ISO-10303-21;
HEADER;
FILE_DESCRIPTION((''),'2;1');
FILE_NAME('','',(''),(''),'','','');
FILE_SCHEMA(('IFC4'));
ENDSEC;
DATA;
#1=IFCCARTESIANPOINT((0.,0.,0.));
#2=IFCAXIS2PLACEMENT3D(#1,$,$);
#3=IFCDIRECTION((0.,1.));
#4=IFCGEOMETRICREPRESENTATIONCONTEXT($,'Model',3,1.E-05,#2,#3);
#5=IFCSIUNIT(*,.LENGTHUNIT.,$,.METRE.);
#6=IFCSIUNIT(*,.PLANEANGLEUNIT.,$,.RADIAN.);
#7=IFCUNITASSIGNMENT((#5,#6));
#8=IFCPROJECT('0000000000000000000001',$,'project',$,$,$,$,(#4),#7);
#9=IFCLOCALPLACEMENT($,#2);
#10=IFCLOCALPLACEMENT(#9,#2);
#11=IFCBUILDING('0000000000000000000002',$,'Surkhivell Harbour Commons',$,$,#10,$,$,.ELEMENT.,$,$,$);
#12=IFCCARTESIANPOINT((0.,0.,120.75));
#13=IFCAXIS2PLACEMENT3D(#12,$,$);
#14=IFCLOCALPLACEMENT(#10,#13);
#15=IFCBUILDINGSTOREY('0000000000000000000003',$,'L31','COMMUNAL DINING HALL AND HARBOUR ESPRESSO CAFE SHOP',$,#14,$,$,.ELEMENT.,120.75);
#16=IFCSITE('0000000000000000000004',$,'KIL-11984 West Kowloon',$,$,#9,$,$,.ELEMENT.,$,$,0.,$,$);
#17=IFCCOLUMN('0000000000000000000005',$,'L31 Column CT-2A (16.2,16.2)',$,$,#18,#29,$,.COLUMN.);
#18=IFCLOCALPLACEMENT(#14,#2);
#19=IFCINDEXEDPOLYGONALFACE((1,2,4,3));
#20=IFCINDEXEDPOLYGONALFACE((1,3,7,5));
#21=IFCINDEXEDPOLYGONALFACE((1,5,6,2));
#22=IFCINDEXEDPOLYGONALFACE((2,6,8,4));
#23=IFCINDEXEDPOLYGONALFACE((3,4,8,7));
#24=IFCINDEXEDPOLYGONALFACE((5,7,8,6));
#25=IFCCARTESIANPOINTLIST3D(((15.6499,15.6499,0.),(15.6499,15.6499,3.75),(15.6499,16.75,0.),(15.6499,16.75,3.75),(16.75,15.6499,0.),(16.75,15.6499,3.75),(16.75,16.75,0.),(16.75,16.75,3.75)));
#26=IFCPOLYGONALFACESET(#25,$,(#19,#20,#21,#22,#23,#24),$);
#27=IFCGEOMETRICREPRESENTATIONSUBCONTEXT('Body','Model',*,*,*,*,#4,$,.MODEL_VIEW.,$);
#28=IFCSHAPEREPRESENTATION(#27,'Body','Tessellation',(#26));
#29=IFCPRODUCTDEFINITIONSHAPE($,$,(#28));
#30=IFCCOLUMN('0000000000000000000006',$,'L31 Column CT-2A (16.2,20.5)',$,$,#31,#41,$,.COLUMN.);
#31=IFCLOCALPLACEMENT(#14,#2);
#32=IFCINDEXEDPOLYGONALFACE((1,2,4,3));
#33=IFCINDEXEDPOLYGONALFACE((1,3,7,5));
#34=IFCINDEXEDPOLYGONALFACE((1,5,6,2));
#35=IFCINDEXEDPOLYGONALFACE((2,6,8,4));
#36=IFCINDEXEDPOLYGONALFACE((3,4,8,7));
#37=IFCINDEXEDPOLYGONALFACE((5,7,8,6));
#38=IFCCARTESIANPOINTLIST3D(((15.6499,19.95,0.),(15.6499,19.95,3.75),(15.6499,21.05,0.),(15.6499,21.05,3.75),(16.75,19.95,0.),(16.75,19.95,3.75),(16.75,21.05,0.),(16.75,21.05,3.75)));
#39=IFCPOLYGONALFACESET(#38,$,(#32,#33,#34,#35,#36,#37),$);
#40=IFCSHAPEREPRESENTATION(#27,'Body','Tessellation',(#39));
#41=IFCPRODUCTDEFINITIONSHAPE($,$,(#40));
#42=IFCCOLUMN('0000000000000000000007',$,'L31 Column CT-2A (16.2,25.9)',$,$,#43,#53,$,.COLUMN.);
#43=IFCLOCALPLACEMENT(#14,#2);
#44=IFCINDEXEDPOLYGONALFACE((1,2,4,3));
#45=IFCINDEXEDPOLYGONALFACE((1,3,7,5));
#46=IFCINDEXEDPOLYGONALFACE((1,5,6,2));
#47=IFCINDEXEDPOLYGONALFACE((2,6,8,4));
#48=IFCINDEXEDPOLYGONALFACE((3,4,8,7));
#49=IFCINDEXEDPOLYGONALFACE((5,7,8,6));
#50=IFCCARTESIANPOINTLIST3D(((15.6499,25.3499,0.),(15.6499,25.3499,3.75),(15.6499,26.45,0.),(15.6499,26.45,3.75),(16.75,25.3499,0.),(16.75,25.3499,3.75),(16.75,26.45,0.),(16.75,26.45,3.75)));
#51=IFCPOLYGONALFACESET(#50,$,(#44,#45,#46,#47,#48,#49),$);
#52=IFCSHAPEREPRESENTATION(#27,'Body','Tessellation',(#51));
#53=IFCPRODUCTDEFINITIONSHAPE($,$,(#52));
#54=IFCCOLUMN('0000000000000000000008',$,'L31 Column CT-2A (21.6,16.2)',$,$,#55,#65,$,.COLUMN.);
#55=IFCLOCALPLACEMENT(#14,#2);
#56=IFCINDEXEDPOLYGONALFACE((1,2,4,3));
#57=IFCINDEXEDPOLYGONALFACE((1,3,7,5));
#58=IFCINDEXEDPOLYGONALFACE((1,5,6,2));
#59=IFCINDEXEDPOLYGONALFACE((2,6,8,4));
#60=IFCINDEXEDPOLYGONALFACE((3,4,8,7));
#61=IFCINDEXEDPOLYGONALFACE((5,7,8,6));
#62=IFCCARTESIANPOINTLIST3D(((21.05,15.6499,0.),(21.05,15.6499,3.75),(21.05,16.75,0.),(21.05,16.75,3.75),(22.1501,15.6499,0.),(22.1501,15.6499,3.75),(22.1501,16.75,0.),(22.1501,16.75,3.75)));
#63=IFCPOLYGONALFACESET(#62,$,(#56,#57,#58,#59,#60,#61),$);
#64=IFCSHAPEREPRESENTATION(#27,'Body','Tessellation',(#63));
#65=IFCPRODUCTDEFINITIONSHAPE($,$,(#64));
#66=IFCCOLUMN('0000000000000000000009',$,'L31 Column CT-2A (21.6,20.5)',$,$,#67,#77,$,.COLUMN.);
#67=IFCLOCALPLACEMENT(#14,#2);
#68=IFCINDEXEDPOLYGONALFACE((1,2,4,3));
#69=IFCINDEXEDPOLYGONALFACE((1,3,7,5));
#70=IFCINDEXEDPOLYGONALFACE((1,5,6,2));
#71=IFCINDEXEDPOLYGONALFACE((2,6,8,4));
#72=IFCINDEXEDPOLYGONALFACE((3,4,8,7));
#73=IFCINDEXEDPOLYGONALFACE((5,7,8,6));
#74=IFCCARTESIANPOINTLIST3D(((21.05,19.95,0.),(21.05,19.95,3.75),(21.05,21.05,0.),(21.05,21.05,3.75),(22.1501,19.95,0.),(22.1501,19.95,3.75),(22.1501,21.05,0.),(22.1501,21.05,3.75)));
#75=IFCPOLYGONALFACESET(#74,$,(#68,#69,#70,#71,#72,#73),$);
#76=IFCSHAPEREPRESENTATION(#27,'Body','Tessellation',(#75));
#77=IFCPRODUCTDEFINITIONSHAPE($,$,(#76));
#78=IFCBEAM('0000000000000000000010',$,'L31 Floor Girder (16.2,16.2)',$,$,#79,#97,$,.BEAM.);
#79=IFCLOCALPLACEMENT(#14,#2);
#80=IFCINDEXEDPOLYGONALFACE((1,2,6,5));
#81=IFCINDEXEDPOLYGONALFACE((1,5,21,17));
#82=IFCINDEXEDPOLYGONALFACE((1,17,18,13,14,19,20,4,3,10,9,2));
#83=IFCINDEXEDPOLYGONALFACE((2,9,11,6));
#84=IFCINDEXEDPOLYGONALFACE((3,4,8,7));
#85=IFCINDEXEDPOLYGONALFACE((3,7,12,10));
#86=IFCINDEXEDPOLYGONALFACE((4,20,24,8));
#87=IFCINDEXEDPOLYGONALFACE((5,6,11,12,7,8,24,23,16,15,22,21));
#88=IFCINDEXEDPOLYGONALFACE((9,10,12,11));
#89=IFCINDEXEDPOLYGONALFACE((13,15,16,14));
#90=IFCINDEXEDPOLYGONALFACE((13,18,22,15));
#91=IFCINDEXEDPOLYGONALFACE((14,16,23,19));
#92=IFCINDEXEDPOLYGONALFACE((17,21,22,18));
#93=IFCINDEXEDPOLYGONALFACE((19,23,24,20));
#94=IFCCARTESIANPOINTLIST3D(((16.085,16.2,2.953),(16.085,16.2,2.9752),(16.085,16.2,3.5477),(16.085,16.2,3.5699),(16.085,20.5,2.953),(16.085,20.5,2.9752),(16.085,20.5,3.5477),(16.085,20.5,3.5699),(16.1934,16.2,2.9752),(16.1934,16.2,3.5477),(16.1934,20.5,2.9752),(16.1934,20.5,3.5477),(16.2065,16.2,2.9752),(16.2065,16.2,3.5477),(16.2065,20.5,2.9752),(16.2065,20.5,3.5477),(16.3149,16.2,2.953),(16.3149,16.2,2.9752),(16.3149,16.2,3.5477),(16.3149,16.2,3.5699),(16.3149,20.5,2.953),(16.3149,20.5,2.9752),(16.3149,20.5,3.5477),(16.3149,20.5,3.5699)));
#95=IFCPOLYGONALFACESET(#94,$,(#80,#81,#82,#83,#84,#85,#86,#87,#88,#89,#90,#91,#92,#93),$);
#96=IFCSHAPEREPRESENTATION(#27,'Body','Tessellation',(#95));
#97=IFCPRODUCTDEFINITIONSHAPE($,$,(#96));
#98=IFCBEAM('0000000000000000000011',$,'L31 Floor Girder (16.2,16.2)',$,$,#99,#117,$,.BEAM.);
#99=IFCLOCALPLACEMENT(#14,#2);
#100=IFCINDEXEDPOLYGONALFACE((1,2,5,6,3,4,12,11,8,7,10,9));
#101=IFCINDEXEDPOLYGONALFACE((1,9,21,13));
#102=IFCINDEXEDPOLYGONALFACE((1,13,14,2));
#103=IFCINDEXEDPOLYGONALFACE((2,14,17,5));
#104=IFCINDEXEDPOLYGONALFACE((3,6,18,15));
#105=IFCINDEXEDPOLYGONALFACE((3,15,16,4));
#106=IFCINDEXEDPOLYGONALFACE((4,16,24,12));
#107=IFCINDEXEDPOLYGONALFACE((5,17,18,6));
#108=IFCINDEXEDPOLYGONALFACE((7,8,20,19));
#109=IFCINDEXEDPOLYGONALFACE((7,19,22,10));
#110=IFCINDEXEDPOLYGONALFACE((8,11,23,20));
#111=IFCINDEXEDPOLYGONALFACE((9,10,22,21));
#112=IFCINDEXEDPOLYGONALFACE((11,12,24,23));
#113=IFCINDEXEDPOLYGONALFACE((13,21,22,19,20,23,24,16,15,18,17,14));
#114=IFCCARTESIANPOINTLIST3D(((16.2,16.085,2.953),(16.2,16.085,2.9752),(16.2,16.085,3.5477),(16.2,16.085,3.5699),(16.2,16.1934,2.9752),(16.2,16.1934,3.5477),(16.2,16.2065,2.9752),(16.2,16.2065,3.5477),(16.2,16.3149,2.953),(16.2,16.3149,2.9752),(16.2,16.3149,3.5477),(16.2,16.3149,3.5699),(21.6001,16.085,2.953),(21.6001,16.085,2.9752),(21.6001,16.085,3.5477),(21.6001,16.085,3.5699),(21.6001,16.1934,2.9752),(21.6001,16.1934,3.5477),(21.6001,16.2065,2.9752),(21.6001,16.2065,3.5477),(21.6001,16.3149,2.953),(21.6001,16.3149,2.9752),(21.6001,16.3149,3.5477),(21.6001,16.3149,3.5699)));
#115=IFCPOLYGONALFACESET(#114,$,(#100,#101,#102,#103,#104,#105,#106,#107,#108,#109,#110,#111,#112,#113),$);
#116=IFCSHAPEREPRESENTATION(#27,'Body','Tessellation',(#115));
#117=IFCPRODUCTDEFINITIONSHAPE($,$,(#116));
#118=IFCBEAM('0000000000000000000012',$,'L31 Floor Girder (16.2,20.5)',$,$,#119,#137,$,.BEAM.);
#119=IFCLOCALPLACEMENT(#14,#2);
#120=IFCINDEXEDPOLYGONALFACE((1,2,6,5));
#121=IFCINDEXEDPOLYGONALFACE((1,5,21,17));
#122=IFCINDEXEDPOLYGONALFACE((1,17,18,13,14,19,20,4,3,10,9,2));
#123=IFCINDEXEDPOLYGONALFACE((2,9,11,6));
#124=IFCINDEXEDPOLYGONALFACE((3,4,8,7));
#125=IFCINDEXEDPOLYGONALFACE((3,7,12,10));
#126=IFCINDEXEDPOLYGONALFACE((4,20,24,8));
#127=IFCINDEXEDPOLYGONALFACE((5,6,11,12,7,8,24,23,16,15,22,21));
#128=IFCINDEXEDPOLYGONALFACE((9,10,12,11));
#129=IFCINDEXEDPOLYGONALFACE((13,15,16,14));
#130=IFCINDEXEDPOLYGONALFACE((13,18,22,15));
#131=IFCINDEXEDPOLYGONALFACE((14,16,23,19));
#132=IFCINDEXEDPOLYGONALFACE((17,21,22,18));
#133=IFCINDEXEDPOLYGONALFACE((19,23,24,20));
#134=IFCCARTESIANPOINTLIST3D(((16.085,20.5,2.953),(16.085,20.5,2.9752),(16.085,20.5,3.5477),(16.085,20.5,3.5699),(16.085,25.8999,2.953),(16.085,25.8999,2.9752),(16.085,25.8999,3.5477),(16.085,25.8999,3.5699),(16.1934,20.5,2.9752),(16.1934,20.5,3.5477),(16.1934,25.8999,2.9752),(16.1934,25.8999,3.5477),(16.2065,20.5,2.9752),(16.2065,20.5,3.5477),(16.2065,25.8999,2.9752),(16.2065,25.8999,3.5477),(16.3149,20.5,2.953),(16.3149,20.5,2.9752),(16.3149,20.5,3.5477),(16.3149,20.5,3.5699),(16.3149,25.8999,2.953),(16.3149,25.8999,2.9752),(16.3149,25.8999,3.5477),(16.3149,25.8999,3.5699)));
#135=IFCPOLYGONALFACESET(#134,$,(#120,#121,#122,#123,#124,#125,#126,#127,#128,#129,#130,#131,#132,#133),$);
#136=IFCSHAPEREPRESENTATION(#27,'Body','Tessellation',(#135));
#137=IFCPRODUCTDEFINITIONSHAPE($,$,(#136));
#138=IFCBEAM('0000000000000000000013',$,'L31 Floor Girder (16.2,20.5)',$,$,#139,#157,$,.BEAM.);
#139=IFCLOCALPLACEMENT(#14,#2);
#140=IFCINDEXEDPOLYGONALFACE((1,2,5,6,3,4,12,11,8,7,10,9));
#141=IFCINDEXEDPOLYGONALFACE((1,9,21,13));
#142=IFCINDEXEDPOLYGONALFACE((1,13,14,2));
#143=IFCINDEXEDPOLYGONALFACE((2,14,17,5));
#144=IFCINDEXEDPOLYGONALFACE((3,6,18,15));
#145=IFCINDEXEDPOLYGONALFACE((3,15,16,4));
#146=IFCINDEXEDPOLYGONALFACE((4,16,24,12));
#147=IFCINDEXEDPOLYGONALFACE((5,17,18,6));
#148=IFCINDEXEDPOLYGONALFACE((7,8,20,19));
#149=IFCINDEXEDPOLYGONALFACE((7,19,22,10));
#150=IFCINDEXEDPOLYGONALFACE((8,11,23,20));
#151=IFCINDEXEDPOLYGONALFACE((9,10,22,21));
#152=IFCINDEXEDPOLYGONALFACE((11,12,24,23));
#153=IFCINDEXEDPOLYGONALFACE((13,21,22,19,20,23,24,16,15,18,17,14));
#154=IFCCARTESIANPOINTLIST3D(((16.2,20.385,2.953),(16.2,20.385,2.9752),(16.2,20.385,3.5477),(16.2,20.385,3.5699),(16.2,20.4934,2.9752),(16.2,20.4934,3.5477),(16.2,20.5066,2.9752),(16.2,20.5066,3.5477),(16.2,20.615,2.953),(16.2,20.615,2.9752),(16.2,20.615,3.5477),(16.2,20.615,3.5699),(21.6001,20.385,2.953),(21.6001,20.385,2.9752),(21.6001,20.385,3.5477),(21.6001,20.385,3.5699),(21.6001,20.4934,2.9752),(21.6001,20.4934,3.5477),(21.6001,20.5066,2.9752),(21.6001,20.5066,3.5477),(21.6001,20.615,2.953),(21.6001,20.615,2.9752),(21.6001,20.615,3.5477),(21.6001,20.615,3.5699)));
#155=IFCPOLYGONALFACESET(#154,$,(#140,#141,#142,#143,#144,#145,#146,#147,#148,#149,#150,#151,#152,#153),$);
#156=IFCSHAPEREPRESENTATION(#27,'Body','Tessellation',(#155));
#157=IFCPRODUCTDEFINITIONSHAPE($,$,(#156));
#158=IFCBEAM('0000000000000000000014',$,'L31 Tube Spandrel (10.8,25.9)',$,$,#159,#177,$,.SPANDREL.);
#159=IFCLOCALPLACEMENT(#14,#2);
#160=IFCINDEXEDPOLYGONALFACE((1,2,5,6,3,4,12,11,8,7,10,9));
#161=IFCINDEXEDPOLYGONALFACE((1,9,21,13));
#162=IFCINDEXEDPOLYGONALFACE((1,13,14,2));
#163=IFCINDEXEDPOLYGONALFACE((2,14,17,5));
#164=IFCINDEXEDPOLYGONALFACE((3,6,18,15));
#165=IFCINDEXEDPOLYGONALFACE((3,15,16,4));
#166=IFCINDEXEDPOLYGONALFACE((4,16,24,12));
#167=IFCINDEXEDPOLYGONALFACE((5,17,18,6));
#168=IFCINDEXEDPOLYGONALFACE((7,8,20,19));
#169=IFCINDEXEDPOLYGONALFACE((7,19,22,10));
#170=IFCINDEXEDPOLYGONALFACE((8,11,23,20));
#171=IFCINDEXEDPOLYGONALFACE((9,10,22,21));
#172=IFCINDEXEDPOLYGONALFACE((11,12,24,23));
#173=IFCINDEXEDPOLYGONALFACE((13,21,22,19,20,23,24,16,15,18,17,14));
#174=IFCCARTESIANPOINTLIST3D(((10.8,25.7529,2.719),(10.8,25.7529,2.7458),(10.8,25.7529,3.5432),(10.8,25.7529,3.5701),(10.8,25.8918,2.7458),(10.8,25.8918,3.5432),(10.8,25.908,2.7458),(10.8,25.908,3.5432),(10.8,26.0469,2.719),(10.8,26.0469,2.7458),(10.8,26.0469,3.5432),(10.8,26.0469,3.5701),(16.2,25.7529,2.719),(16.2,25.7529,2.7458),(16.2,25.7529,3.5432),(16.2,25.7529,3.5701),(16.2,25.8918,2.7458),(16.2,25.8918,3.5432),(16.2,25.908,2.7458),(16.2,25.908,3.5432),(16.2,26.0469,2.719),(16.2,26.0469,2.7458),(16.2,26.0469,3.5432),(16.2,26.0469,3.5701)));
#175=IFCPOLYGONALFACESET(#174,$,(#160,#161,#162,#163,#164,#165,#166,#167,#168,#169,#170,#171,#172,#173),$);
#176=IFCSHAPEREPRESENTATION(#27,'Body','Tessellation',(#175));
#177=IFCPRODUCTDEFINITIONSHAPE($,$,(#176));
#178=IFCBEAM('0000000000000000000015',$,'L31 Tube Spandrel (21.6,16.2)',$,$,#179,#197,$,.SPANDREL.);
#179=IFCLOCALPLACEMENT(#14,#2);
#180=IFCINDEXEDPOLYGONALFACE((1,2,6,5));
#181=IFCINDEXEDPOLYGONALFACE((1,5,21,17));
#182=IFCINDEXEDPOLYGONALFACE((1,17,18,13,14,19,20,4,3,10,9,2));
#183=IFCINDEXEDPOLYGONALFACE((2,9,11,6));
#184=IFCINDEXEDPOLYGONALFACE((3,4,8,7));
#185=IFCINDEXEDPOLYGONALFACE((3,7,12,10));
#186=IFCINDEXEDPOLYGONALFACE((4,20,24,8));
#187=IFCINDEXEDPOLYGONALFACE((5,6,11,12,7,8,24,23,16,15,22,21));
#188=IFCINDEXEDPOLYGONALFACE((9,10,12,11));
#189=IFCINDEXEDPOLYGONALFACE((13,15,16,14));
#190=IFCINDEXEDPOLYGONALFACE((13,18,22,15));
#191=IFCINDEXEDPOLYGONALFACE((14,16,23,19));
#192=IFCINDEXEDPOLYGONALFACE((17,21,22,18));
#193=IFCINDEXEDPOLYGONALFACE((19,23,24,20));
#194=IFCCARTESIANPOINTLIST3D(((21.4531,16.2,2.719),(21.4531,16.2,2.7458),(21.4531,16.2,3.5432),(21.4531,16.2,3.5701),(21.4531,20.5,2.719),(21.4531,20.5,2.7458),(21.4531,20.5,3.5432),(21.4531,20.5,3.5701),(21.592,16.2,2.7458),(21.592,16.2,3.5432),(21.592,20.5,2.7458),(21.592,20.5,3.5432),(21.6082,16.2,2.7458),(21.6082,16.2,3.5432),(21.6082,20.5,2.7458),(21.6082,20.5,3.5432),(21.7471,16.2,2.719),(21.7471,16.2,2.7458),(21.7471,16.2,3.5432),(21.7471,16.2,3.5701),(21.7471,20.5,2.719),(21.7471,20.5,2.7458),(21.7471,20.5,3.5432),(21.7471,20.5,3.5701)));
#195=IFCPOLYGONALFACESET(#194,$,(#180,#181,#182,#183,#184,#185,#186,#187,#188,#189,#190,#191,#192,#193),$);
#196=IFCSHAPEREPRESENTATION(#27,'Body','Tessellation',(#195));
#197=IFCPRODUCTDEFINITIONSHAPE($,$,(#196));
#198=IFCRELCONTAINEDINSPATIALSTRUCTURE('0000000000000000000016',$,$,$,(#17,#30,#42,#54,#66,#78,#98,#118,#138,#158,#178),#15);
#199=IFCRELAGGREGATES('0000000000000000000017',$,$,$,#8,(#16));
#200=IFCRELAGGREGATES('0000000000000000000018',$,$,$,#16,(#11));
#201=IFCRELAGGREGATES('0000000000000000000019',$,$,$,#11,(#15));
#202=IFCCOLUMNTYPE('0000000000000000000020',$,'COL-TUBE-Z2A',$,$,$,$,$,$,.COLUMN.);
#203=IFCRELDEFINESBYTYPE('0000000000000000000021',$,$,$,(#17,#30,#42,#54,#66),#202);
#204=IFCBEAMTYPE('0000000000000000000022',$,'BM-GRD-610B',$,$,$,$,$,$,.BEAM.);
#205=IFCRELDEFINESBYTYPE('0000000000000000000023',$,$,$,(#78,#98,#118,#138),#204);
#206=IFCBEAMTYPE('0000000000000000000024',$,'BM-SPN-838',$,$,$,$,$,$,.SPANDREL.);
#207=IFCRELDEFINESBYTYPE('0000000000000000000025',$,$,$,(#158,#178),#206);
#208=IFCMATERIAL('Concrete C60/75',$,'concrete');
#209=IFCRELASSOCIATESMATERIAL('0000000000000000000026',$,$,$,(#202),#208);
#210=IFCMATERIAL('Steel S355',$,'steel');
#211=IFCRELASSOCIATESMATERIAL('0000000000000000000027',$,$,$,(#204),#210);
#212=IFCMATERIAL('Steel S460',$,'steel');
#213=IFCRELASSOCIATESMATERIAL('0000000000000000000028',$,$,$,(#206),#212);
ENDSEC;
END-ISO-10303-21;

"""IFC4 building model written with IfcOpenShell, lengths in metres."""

from ifc_helpers import new_model, si_unit, direction, frame, origin, origin_2d, place, context, subcontext, project, spatial, rectangle, i_section, extrude, material, material_profile, profile_set, type_object, element, save


model = new_model("IFC4")

# Units and contexts
model_context = context("Model", 3, precision=1e-05, world=origin(), true_north=direction((0.0, 1.0)))
body_context = subcontext(model_context, "Body", "Model", "MODEL_VIEW")
ifc_project = project(units=[si_unit("LENGTHUNIT", "METRE"), si_unit("PLANEANGLEUNIT", "RADIAN")], contexts=[model_context])

# Site, building, storey
site_placement = place(None, origin())
site = spatial("IfcSite", under=ifc_project, at=site_placement, Name="KIL-11984 West Kowloon", CompositionType="ELEMENT", RefElevation=0.0)
building_placement = place(site_placement, origin())
building = spatial("IfcBuilding", under=site, at=building_placement, Name="Surkhivell Harbour Commons", CompositionType="ELEMENT")
storey_placement = place(building_placement, frame((0.0, 0.0, 120.75)))
storey = spatial("IfcBuildingStorey", under=building, at=storey_placement, Name="L31", Description="COMMUNAL DINING HALL AND HARBOUR ESPRESSO CAFE SHOP", CompositionType="ELEMENT", Elevation=120.75)

# Columns
ifc_material_1 = material(Name="Concrete C60/75", Category="concrete")
ifc_material_profile_1 = material_profile(ifc_material_1, rectangle(XDim=1.1001, YDim=1.1001, at=origin_2d()), Name="RC-COL-1100x1100")
ifc_profile_set_1 = profile_set([ifc_material_profile_1], Name="Concrete C60/75")
column_type = type_object("IfcColumnType", Name="COL-TUBE-Z2A", PredefinedType="COLUMN", material=ifc_profile_set_1)
for number, where, z_axis, x_axis, name in (
    (1, (16.2, 16.2, 0.0), (0.0, 0.0, 1.0), (1.0, 0.0, 0.0), "L31 Column CT-2A (16.2,16.2)"),
    (2, (16.2, 20.5, 0.0), (0.0, 0.0, 1.0), (1.0, 0.0, 0.0), "L31 Column CT-2A (16.2,20.5)"),
    (3, (16.2, 25.8999, 0.0), (0.0, 0.0, 1.0), (1.0, 0.0, 0.0), "L31 Column CT-2A (16.2,25.9)"),
    (4, (21.6001, 16.2, 0.0), (0.0, 0.0, 1.0), (1.0, 0.0, 0.0), "L31 Column CT-2A (21.6,16.2)"),
    (5, (21.6001, 20.5, 0.0), (0.0, 0.0, 1.0), (1.0, 0.0, 0.0), "L31 Column CT-2A (21.6,20.5)"),
):
    element("IfcColumn", number, at=place(storey_placement, frame(where, z_axis=z_axis, x_axis=x_axis)), inside=storey, type_object=column_type, Name=name, PredefinedType="COLUMN", context=body_context, shape_type="SweptSolid", body=[
        extrude(rectangle(XDim=1.1001, YDim=1.1001, at=origin_2d()), origin(), (0.0, 0.0, 1.0), 3.75),
    ])

# Beams
ifc_material_2 = material(Name="Steel S355", Category="steel")
ifc_material_profile_2 = material_profile(ifc_material_2, i_section(OverallWidth=0.23, OverallDepth=0.6169, WebThickness=0.0132, FlangeThickness=0.0222, at=origin_2d()), Name="UB610x229x140")
ifc_profile_set_2 = profile_set([ifc_material_profile_2], Name="Steel S355")
beam_type_1 = type_object("IfcBeamType", Name="BM-GRD-610B", PredefinedType="BEAM", material=ifc_profile_set_2)
beam_1_placement = place(storey_placement, frame((16.2, 16.2, 3.2615), z_axis=(0.0, 1.0, 0.0), x_axis=(-1.0, 0.0, 0.0)))
element("IfcBeam", 6, at=beam_1_placement, inside=storey, type_object=beam_type_1, Name="L31 Floor Girder (16.2,16.2)", PredefinedType="BEAM", context=body_context, shape_type="SweptSolid", body=[
    extrude(i_section(OverallWidth=0.23, OverallDepth=0.6169, WebThickness=0.0132, FlangeThickness=0.0222, at=origin_2d()), origin(), (0.0, 0.0, 1.0), 4.3),
])
beam_2_placement = place(storey_placement, frame((16.2, 16.2, 3.2615), z_axis=(1.0, 0.0, 0.0), x_axis=(0.0, 1.0, 0.0)))
element("IfcBeam", 7, at=beam_2_placement, inside=storey, type_object=beam_type_1, Name="L31 Floor Girder (16.2,16.2)", PredefinedType="BEAM", context=body_context, shape_type="SweptSolid", body=[
    extrude(i_section(OverallWidth=0.23, OverallDepth=0.6169, WebThickness=0.0132, FlangeThickness=0.0222, at=origin_2d()), origin(), (0.0, 0.0, 1.0), 5.4001),
])
beam_3_placement = place(storey_placement, frame((16.2, 20.5, 3.2615), z_axis=(0.0, 1.0, 0.0), x_axis=(-1.0, 0.0, 0.0)))
element("IfcBeam", 8, at=beam_3_placement, inside=storey, type_object=beam_type_1, Name="L31 Floor Girder (16.2,20.5)", PredefinedType="BEAM", context=body_context, shape_type="SweptSolid", body=[
    extrude(i_section(OverallWidth=0.23, OverallDepth=0.6169, WebThickness=0.0132, FlangeThickness=0.0222, at=origin_2d()), origin(), (0.0, 0.0, 1.0), 5.3999),
])
beam_4_placement = place(storey_placement, frame((16.2, 20.5, 3.2615), z_axis=(1.0, 0.0, 0.0), x_axis=(0.0, 1.0, 0.0)))
element("IfcBeam", 9, at=beam_4_placement, inside=storey, type_object=beam_type_1, Name="L31 Floor Girder (16.2,20.5)", PredefinedType="BEAM", context=body_context, shape_type="SweptSolid", body=[
    extrude(i_section(OverallWidth=0.23, OverallDepth=0.6169, WebThickness=0.0132, FlangeThickness=0.0222, at=origin_2d()), origin(), (0.0, 0.0, 1.0), 5.4001),
])
ifc_material_3 = material(Name="Steel S460", Category="steel")
ifc_material_profile_3 = material_profile(ifc_material_3, i_section(OverallWidth=0.2939, OverallDepth=0.8511, WebThickness=0.0161, FlangeThickness=0.0269, at=origin_2d()), Name="UB838x292x226")
ifc_profile_set_3 = profile_set([ifc_material_profile_3], Name="Steel S460")
beam_type_2 = type_object("IfcBeamType", Name="BM-SPN-838", PredefinedType="SPANDREL", material=ifc_profile_set_3)
beam_5_placement = place(storey_placement, frame((10.8, 25.8999, 3.1445), z_axis=(1.0, 0.0, 0.0), x_axis=(0.0, 1.0, 0.0)))
element("IfcBeam", 10, at=beam_5_placement, inside=storey, type_object=beam_type_2, Name="L31 Tube Spandrel (10.8,25.9)", PredefinedType="SPANDREL", context=body_context, shape_type="SweptSolid", body=[
    extrude(i_section(OverallWidth=0.2939, OverallDepth=0.8511, WebThickness=0.0161, FlangeThickness=0.0269, at=origin_2d()), origin(), (0.0, 0.0, 1.0), 5.3999),
])
beam_6_placement = place(storey_placement, frame((21.6001, 16.2, 3.1445), z_axis=(0.0, 1.0, 0.0), x_axis=(-1.0, 0.0, 0.0)))
element("IfcBeam", 11, at=beam_6_placement, inside=storey, type_object=beam_type_2, Name="L31 Tube Spandrel (21.6,16.2)", PredefinedType="SPANDREL", context=body_context, shape_type="SweptSolid", body=[
    extrude(i_section(OverallWidth=0.2939, OverallDepth=0.8511, WebThickness=0.0161, FlangeThickness=0.0269, at=origin_2d()), origin(), (0.0, 0.0, 1.0), 4.3),
])

save(model, "model.ifc")
